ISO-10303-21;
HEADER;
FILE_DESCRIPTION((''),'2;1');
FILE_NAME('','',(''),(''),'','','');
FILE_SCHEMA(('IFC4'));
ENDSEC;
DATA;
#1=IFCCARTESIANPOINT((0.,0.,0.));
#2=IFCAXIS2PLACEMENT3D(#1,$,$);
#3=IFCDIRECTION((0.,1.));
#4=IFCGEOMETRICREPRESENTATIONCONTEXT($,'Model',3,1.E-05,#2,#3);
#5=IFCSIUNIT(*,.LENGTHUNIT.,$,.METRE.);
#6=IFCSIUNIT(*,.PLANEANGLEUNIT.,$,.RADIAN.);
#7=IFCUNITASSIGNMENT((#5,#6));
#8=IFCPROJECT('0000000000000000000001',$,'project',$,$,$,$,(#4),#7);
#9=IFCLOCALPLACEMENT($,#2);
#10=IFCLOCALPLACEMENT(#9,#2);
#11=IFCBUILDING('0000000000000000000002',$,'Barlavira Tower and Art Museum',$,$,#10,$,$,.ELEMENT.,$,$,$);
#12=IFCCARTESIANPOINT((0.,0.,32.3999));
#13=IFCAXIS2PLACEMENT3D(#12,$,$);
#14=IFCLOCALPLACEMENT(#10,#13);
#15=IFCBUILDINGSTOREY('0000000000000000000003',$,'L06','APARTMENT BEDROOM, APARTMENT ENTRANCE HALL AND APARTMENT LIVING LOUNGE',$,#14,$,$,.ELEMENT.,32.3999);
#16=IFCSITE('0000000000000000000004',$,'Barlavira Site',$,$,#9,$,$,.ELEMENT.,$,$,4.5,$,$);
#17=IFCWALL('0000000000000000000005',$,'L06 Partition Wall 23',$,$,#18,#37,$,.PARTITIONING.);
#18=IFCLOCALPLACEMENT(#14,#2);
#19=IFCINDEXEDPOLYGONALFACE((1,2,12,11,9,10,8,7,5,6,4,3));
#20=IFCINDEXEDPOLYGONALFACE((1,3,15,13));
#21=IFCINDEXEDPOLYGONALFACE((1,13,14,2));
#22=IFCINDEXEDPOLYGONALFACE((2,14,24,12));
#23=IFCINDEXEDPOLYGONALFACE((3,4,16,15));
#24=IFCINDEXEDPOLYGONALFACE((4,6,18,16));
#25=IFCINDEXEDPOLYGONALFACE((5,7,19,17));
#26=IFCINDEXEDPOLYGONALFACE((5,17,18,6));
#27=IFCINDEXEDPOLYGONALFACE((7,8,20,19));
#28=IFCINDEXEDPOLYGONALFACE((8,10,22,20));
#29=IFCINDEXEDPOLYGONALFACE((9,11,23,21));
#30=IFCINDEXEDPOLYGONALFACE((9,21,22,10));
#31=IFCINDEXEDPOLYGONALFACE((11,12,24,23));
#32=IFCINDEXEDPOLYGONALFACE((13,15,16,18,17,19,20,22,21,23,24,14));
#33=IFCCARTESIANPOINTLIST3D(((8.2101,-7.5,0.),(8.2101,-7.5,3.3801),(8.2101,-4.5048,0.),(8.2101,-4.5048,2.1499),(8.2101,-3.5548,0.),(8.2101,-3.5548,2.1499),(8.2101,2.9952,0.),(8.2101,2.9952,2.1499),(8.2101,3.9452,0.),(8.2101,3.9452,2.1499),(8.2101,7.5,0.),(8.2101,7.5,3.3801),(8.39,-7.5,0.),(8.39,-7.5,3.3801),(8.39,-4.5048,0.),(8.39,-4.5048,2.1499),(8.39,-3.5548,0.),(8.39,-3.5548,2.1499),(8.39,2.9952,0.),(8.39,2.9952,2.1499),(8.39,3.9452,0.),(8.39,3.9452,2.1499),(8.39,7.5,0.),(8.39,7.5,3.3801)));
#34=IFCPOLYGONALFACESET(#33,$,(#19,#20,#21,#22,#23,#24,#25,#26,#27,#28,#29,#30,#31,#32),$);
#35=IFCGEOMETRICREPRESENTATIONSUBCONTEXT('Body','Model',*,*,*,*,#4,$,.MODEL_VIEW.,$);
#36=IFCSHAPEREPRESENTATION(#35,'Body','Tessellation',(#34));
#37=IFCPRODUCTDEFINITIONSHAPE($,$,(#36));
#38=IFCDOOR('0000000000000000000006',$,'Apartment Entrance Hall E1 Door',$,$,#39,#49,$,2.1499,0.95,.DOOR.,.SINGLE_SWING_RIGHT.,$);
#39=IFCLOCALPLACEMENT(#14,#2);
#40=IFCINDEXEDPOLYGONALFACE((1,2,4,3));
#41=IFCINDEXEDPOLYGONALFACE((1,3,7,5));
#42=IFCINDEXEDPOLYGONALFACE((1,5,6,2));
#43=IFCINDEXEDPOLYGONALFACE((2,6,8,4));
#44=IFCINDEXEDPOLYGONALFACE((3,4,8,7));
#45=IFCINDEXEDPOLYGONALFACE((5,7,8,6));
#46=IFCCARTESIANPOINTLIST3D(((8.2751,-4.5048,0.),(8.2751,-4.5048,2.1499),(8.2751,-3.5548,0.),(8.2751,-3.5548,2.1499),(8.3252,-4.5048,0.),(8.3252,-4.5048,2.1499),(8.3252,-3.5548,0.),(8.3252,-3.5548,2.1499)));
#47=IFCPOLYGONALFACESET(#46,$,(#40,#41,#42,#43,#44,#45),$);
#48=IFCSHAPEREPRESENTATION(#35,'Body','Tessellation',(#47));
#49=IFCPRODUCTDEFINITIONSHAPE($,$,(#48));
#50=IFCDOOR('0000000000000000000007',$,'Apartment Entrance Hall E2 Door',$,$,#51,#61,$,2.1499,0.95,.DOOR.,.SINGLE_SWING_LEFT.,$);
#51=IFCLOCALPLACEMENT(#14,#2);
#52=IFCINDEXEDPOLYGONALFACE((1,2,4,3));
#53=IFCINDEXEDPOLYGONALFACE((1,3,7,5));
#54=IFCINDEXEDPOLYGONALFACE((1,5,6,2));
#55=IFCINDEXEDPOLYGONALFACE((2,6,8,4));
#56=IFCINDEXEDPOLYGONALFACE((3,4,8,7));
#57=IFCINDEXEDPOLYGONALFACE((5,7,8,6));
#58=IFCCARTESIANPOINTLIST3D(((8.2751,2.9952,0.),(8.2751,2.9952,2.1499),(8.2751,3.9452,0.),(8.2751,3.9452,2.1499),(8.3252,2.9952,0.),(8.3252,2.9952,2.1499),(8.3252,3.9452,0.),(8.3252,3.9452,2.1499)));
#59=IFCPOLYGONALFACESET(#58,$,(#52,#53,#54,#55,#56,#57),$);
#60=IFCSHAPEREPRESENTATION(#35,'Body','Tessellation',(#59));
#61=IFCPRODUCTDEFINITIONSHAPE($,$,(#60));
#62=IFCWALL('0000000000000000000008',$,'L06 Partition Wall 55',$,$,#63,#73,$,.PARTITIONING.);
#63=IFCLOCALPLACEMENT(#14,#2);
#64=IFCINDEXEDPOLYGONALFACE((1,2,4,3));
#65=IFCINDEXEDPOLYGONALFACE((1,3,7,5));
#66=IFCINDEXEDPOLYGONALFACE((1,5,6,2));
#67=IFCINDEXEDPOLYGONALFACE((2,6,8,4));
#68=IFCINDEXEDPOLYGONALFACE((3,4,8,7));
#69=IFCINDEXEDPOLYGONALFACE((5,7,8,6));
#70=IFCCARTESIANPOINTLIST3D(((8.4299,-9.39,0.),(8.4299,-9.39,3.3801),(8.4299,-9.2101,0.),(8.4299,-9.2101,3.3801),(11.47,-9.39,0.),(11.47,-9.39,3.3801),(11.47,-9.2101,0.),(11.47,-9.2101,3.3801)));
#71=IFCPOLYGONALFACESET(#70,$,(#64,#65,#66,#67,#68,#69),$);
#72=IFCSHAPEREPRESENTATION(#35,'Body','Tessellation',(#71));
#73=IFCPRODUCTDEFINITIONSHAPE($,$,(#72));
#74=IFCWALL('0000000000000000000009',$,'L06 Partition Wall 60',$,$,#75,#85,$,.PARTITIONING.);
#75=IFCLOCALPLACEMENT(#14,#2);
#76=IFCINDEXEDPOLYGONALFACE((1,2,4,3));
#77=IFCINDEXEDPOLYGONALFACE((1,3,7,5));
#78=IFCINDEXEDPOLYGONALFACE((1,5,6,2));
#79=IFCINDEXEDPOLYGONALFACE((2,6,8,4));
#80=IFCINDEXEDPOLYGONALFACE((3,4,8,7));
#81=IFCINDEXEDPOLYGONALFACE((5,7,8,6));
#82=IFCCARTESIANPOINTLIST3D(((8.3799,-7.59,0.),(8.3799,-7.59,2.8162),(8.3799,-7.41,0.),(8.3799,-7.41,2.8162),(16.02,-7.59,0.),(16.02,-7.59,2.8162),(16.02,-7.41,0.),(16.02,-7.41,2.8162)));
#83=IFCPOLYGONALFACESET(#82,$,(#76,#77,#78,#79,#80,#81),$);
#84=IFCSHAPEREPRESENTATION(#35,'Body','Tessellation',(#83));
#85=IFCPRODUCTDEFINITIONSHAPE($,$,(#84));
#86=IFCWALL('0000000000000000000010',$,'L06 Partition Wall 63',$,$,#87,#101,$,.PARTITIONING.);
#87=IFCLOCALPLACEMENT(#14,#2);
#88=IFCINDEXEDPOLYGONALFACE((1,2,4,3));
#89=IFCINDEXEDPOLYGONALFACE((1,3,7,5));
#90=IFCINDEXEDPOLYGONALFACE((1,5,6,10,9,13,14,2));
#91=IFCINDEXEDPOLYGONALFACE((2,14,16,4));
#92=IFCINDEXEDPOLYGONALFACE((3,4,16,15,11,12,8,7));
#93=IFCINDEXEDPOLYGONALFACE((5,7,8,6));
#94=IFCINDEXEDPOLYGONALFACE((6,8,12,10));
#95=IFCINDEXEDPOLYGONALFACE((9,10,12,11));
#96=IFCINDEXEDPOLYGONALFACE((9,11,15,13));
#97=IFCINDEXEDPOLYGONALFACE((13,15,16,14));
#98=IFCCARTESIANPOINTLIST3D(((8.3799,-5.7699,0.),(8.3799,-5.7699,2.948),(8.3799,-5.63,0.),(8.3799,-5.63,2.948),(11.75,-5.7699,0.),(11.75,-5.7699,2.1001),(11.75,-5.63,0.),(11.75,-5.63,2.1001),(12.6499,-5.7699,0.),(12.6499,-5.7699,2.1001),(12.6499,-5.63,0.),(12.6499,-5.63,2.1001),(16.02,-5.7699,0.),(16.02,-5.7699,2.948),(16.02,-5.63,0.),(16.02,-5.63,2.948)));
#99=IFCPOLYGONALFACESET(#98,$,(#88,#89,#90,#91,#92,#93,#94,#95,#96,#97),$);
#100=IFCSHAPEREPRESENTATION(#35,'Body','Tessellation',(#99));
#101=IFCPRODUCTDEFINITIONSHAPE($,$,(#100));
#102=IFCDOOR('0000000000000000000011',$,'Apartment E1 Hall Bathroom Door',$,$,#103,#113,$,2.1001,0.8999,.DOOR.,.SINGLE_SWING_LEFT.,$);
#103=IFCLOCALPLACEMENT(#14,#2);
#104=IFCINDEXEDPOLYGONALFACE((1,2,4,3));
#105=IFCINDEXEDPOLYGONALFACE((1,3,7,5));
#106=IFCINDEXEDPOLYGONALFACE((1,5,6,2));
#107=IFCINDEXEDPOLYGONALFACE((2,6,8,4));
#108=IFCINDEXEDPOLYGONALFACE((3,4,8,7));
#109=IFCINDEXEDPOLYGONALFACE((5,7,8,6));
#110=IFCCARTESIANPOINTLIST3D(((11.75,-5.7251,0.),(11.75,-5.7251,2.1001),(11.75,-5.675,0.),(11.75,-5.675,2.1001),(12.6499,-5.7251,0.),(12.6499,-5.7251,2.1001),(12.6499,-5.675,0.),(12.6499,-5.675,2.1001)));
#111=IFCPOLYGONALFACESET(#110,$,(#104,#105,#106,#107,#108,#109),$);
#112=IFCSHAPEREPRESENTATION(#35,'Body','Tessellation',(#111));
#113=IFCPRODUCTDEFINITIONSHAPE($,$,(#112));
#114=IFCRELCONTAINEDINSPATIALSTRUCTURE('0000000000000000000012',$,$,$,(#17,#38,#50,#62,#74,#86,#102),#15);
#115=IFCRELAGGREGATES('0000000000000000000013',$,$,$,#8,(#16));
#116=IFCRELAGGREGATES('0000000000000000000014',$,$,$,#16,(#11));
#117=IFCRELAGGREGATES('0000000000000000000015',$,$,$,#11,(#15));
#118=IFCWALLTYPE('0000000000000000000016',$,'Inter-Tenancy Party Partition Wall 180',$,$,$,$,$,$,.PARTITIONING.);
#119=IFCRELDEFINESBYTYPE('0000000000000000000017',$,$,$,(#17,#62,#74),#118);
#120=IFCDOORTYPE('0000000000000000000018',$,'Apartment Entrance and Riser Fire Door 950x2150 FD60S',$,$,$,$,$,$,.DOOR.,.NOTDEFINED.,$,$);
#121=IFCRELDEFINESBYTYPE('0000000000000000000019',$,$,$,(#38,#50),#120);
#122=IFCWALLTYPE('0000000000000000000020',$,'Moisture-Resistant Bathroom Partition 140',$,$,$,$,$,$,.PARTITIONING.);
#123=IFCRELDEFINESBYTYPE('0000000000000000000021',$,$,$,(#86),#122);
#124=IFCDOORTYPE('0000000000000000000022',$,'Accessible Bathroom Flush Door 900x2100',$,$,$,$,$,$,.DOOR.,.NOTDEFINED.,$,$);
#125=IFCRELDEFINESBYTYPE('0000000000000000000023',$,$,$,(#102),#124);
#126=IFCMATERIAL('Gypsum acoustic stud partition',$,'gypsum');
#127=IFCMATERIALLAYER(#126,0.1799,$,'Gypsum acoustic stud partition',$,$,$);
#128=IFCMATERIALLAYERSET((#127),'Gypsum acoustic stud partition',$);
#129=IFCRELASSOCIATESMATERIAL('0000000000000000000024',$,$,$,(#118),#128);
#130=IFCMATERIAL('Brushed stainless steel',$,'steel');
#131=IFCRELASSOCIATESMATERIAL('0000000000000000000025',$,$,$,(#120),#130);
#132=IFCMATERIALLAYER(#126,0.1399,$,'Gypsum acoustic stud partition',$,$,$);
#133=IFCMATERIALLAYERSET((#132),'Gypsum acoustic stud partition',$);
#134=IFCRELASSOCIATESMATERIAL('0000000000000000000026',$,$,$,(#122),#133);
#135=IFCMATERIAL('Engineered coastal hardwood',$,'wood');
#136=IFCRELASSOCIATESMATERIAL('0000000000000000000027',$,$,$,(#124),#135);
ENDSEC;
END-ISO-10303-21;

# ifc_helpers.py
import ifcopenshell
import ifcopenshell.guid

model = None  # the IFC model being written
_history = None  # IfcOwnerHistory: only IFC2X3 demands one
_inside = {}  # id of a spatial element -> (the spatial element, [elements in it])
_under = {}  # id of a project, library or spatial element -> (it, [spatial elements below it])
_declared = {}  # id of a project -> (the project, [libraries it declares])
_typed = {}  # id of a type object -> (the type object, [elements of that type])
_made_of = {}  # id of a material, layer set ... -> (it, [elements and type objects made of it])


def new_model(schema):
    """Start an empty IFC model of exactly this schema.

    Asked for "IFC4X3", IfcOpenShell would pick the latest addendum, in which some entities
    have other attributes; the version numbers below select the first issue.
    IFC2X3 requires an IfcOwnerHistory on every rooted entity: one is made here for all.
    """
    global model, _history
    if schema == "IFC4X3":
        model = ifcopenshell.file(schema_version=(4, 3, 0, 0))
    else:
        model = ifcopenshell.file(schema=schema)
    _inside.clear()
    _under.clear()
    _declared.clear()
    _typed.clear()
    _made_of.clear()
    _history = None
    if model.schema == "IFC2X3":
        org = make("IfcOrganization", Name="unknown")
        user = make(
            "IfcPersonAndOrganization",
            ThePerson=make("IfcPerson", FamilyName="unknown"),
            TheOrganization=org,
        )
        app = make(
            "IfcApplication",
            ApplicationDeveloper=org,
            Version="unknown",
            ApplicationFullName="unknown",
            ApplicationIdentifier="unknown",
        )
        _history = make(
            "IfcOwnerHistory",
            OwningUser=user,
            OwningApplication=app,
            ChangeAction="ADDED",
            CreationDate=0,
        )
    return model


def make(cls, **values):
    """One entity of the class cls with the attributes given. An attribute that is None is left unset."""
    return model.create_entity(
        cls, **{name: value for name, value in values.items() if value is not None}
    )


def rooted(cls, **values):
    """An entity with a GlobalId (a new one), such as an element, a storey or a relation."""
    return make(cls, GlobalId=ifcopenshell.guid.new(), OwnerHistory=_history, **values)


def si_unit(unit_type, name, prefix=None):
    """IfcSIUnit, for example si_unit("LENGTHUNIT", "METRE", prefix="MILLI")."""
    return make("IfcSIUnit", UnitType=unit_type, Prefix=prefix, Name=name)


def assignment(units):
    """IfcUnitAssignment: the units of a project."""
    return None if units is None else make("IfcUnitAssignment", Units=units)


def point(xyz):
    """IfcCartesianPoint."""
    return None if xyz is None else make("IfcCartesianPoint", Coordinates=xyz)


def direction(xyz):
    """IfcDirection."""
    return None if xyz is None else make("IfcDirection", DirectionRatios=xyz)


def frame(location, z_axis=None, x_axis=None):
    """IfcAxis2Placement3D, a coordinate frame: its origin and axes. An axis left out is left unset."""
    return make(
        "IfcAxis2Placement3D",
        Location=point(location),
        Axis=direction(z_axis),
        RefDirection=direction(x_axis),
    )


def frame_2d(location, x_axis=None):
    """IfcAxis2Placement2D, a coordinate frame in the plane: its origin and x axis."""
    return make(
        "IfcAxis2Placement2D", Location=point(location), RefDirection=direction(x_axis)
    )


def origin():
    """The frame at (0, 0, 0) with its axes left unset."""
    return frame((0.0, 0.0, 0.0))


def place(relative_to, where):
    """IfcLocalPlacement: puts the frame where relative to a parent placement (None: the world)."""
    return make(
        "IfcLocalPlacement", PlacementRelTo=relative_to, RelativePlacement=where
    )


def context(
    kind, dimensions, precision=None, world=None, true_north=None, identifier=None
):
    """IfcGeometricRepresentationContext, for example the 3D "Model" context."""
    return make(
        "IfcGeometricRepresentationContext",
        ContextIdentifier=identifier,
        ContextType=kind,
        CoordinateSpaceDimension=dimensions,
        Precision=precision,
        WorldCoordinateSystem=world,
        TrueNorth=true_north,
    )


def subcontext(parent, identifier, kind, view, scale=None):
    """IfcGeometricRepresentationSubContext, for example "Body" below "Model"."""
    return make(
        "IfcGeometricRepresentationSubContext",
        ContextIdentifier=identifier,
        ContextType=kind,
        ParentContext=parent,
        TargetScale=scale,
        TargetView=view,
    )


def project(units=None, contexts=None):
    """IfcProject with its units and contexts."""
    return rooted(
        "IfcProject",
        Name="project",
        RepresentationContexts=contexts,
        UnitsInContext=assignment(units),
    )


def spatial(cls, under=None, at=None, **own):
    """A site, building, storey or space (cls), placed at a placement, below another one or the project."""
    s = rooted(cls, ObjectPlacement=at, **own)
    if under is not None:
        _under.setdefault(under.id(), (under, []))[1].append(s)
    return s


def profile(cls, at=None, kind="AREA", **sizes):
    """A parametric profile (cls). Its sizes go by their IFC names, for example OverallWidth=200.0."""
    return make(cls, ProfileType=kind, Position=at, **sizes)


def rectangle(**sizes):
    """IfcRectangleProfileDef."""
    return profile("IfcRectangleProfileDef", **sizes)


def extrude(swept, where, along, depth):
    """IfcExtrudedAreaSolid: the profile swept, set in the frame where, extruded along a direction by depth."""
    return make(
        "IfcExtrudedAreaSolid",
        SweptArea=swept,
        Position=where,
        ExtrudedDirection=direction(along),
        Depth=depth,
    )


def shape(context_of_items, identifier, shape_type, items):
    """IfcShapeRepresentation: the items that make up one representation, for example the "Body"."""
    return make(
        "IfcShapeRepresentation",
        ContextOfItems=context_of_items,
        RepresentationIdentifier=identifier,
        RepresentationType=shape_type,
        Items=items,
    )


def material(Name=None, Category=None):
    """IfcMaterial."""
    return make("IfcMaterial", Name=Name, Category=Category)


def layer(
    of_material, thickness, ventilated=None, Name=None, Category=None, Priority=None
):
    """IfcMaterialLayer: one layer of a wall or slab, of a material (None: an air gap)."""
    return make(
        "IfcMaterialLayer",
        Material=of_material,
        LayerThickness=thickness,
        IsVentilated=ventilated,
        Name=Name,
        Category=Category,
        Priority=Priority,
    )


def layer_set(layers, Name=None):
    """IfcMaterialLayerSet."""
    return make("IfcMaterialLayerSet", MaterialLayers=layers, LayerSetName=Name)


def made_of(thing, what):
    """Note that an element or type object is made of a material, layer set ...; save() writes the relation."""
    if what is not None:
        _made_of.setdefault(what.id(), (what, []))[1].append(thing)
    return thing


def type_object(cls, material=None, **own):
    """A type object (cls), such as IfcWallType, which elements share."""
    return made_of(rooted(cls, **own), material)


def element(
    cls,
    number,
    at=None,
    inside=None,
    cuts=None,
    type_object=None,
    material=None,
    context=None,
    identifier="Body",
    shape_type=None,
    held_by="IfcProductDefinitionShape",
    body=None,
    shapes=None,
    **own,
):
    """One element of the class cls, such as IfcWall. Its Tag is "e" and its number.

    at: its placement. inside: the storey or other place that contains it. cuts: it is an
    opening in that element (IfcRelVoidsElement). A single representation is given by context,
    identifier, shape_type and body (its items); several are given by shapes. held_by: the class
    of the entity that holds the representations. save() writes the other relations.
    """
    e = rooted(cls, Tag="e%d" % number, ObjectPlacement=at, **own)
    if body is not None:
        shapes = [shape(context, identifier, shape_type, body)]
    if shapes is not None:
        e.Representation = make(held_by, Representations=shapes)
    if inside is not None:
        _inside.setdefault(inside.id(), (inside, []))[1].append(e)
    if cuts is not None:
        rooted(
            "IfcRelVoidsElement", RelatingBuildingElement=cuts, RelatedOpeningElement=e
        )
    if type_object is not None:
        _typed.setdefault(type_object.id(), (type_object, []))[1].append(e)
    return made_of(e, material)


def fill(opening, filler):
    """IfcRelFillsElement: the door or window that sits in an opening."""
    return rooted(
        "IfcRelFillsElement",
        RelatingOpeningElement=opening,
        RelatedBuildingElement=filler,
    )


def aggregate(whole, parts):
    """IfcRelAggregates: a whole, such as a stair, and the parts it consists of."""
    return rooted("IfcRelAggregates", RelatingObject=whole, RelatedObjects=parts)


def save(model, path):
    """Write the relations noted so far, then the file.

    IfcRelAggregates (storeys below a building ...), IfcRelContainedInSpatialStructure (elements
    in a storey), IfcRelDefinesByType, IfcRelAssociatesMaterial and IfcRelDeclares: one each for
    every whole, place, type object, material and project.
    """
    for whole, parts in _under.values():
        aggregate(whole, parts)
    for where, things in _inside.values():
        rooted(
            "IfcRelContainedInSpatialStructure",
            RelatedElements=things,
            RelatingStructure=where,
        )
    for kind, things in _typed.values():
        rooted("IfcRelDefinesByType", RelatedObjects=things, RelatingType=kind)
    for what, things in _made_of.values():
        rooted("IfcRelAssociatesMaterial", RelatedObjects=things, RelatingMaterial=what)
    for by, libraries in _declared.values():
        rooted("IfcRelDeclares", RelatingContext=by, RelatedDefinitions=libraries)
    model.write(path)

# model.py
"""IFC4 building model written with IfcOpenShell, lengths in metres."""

from ifc_helpers import new_model, si_unit, direction, frame, frame_2d, origin, place, context, subcontext, project, spatial, rectangle, extrude, material, layer, layer_set, type_object, element, fill, save


model = new_model("IFC4")

# Units and contexts
model_context = context("Model", 3, precision=1e-05, world=origin(), true_north=direction((0.0, 1.0)))
body_context = subcontext(model_context, "Body", "Model", "MODEL_VIEW")
ifc_project = project(units=[si_unit("LENGTHUNIT", "METRE"), si_unit("PLANEANGLEUNIT", "RADIAN")], contexts=[model_context])

# Site, building, storey
site_placement = place(None, origin())
site = spatial("IfcSite", under=ifc_project, at=site_placement, Name="Barlavira Site", CompositionType="ELEMENT", RefElevation=4.5)
building_placement = place(site_placement, origin())
building = spatial("IfcBuilding", under=site, at=building_placement, Name="Barlavira Tower and Art Museum", CompositionType="ELEMENT")
storey_placement = place(building_placement, frame((0.0, 0.0, 32.3999)))
storey = spatial("IfcBuildingStorey", under=building, at=storey_placement, Name="L06", Description="APARTMENT BEDROOM, APARTMENT ENTRANCE HALL AND APARTMENT LIVING LOUNGE", CompositionType="ELEMENT", Elevation=32.3999)

# Shared definitions
ifc_material_1 = material(Name="Gypsum acoustic stud partition", Category="gypsum")
ifc_material_2 = material(Name="Engineered coastal hardwood", Category="wood")
ifc_material_3 = material(Name="Brushed stainless steel", Category="steel")

# Wall, openings, doors
ifc_layer_1 = layer(ifc_material_1, 0.1799, Name="Gypsum acoustic stud partition")
ifc_layer_set_1 = layer_set([ifc_layer_1], Name="Gypsum acoustic stud partition")
wall_type_1 = type_object("IfcWallType", Name="Inter-Tenancy Party Partition Wall 180", PredefinedType="PARTITIONING", material=ifc_layer_set_1)
wall_1_placement = place(storey_placement, frame((8.3, -7.5, 0.0), z_axis=(0.0, 0.0, 1.0), x_axis=(0.0, 1.0, 0.0)))
wall_1 = element("IfcWall", 1, at=wall_1_placement, inside=storey, type_object=wall_type_1, Name="L06 Partition Wall 23", PredefinedType="PARTITIONING", context=body_context, shape_type="SweptSolid", body=[
    extrude(rectangle(XDim=15.0, YDim=0.1799, at=frame_2d((7.5, 0.0))), origin(), (0.0, 0.0, 1.0), 3.3801),
])
opening_1_placement = place(wall_1_placement, frame((2.9951, 0.0, 0.0)))
opening_1 = element("IfcOpeningElement", 2, at=opening_1_placement, cuts=wall_1, PredefinedType="OPENING", context=body_context, shape_type="SweptSolid", body=[
    extrude(rectangle(XDim=0.95, YDim=2.1499, at=frame_2d((0.4751, 1.075))), frame((0.0, 0.1001, 0.0), z_axis=(0.0, -1.0, 0.0), x_axis=(1.0, 0.0, 0.0)), (0.0, 0.0, 1.0), 0.2),
])
opening_2_placement = place(wall_1_placement, frame((10.4951, 0.0, 0.0)))
opening_2 = element("IfcOpeningElement", 3, at=opening_2_placement, cuts=wall_1, PredefinedType="OPENING", context=body_context, shape_type="SweptSolid", body=[
    extrude(rectangle(XDim=0.95, YDim=2.1499, at=frame_2d((0.4751, 1.075))), frame((0.0, 0.1001, 0.0), z_axis=(0.0, -1.0, 0.0), x_axis=(1.0, 0.0, 0.0)), (0.0, 0.0, 1.0), 0.2),
])
door_type_1 = type_object("IfcDoorType", Name="Apartment Entrance and Riser Fire Door 950x2150 FD60S", OperationType="NOTDEFINED", PredefinedType="DOOR", material=ifc_material_3)
door_1_placement = place(opening_1_placement, origin())
door_1 = element("IfcDoor", 4, at=door_1_placement, inside=storey, type_object=door_type_1, Name="Apartment Entrance Hall E1 Door", OperationType="SINGLE_SWING_RIGHT", OverallHeight=2.1499, OverallWidth=0.95, PredefinedType="DOOR", context=body_context, shape_type="SweptSolid", body=[
    extrude(rectangle(XDim=0.95, YDim=2.1499, at=frame_2d((0.4751, 1.075))), frame((0.0, 0.0249, 0.0), z_axis=(0.0, -1.0, 0.0), x_axis=(1.0, 0.0, 0.0)), (0.0, 0.0, 1.0), 0.05),
])
fill(opening_1, door_1)
door_2_placement = place(opening_2_placement, origin())
door_2 = element("IfcDoor", 5, at=door_2_placement, inside=storey, type_object=door_type_1, Name="Apartment Entrance Hall E2 Door", OperationType="SINGLE_SWING_LEFT", OverallHeight=2.1499, OverallWidth=0.95, PredefinedType="DOOR", context=body_context, shape_type="SweptSolid", body=[
    extrude(rectangle(XDim=0.95, YDim=2.1499, at=frame_2d((0.4751, 1.075))), frame((0.0, 0.0249, 0.0), z_axis=(0.0, -1.0, 0.0), x_axis=(1.0, 0.0, 0.0)), (0.0, 0.0, 1.0), 0.05),
])
fill(opening_2, door_2)

# Walls
wall_2_placement = place(storey_placement, frame((8.4299, -9.3, 0.0), z_axis=(0.0, 0.0, 1.0), x_axis=(1.0, 0.0, 0.0)))
element("IfcWall", 6, at=wall_2_placement, inside=storey, type_object=wall_type_1, Name="L06 Partition Wall 55", PredefinedType="PARTITIONING", context=body_context, shape_type="SweptSolid", body=[
    extrude(rectangle(XDim=3.04, YDim=0.1799, at=frame_2d((1.52, 0.0))), origin(), (0.0, 0.0, 1.0), 3.3801),
])
wall_3_placement = place(storey_placement, frame((8.3799, -7.5, 0.0), z_axis=(0.0, 0.0, 1.0), x_axis=(1.0, 0.0, 0.0)))
element("IfcWall", 7, at=wall_3_placement, inside=storey, type_object=wall_type_1, Name="L06 Partition Wall 60", PredefinedType="PARTITIONING", context=body_context, shape_type="SweptSolid", body=[
    extrude(rectangle(XDim=7.6401, YDim=0.1799, at=frame_2d((3.8201, 0.0))), origin(), (0.0, 0.0, 1.0), 2.8162),
])

# Wall, opening, door
ifc_layer_2 = layer(ifc_material_1, 0.1399, Name="Gypsum acoustic stud partition")
ifc_layer_set_2 = layer_set([ifc_layer_2], Name="Gypsum acoustic stud partition")
wall_type_2 = type_object("IfcWallType", Name="Moisture-Resistant Bathroom Partition 140", PredefinedType="PARTITIONING", material=ifc_layer_set_2)
wall_4_placement = place(storey_placement, frame((8.3799, -5.7, 0.0), z_axis=(0.0, 0.0, 1.0), x_axis=(1.0, 0.0, 0.0)))
wall_4 = element("IfcWall", 8, at=wall_4_placement, inside=storey, type_object=wall_type_2, Name="L06 Partition Wall 63", PredefinedType="PARTITIONING", context=body_context, shape_type="SweptSolid", body=[
    extrude(rectangle(XDim=7.6401, YDim=0.1399, at=frame_2d((3.8201, 0.0))), origin(), (0.0, 0.0, 1.0), 2.948),
])
opening_3_placement = place(wall_4_placement, frame((3.3701, 0.0, 0.0)))
opening_3 = element("IfcOpeningElement", 9, at=opening_3_placement, cuts=wall_4, PredefinedType="OPENING", context=body_context, shape_type="SweptSolid", body=[
    extrude(rectangle(XDim=0.8999, YDim=2.1001, at=frame_2d((0.45, 1.05))), frame((0.0, 0.0801, 0.0), z_axis=(0.0, -1.0, 0.0), x_axis=(1.0, 0.0, 0.0)), (0.0, 0.0, 1.0), 0.1599),
])
door_type_2 = type_object("IfcDoorType", Name="Accessible Bathroom Flush Door 900x2100", OperationType="NOTDEFINED", PredefinedType="DOOR", material=ifc_material_2)
door_3_placement = place(opening_3_placement, origin())
door_3 = element("IfcDoor", 10, at=door_3_placement, inside=storey, type_object=door_type_2, Name="Apartment E1 Hall Bathroom Door", OperationType="SINGLE_SWING_LEFT", OverallHeight=2.1001, OverallWidth=0.8999, PredefinedType="DOOR", context=body_context, shape_type="SweptSolid", body=[
    extrude(rectangle(XDim=0.8999, YDim=2.1001, at=frame_2d((0.45, 1.05))), frame((0.0, 0.0249, 0.0), z_axis=(0.0, -1.0, 0.0), x_axis=(1.0, 0.0, 0.0)), (0.0, 0.0, 1.0), 0.05),
])
fill(opening_3, door_3)

save(model, "model.ifc")
